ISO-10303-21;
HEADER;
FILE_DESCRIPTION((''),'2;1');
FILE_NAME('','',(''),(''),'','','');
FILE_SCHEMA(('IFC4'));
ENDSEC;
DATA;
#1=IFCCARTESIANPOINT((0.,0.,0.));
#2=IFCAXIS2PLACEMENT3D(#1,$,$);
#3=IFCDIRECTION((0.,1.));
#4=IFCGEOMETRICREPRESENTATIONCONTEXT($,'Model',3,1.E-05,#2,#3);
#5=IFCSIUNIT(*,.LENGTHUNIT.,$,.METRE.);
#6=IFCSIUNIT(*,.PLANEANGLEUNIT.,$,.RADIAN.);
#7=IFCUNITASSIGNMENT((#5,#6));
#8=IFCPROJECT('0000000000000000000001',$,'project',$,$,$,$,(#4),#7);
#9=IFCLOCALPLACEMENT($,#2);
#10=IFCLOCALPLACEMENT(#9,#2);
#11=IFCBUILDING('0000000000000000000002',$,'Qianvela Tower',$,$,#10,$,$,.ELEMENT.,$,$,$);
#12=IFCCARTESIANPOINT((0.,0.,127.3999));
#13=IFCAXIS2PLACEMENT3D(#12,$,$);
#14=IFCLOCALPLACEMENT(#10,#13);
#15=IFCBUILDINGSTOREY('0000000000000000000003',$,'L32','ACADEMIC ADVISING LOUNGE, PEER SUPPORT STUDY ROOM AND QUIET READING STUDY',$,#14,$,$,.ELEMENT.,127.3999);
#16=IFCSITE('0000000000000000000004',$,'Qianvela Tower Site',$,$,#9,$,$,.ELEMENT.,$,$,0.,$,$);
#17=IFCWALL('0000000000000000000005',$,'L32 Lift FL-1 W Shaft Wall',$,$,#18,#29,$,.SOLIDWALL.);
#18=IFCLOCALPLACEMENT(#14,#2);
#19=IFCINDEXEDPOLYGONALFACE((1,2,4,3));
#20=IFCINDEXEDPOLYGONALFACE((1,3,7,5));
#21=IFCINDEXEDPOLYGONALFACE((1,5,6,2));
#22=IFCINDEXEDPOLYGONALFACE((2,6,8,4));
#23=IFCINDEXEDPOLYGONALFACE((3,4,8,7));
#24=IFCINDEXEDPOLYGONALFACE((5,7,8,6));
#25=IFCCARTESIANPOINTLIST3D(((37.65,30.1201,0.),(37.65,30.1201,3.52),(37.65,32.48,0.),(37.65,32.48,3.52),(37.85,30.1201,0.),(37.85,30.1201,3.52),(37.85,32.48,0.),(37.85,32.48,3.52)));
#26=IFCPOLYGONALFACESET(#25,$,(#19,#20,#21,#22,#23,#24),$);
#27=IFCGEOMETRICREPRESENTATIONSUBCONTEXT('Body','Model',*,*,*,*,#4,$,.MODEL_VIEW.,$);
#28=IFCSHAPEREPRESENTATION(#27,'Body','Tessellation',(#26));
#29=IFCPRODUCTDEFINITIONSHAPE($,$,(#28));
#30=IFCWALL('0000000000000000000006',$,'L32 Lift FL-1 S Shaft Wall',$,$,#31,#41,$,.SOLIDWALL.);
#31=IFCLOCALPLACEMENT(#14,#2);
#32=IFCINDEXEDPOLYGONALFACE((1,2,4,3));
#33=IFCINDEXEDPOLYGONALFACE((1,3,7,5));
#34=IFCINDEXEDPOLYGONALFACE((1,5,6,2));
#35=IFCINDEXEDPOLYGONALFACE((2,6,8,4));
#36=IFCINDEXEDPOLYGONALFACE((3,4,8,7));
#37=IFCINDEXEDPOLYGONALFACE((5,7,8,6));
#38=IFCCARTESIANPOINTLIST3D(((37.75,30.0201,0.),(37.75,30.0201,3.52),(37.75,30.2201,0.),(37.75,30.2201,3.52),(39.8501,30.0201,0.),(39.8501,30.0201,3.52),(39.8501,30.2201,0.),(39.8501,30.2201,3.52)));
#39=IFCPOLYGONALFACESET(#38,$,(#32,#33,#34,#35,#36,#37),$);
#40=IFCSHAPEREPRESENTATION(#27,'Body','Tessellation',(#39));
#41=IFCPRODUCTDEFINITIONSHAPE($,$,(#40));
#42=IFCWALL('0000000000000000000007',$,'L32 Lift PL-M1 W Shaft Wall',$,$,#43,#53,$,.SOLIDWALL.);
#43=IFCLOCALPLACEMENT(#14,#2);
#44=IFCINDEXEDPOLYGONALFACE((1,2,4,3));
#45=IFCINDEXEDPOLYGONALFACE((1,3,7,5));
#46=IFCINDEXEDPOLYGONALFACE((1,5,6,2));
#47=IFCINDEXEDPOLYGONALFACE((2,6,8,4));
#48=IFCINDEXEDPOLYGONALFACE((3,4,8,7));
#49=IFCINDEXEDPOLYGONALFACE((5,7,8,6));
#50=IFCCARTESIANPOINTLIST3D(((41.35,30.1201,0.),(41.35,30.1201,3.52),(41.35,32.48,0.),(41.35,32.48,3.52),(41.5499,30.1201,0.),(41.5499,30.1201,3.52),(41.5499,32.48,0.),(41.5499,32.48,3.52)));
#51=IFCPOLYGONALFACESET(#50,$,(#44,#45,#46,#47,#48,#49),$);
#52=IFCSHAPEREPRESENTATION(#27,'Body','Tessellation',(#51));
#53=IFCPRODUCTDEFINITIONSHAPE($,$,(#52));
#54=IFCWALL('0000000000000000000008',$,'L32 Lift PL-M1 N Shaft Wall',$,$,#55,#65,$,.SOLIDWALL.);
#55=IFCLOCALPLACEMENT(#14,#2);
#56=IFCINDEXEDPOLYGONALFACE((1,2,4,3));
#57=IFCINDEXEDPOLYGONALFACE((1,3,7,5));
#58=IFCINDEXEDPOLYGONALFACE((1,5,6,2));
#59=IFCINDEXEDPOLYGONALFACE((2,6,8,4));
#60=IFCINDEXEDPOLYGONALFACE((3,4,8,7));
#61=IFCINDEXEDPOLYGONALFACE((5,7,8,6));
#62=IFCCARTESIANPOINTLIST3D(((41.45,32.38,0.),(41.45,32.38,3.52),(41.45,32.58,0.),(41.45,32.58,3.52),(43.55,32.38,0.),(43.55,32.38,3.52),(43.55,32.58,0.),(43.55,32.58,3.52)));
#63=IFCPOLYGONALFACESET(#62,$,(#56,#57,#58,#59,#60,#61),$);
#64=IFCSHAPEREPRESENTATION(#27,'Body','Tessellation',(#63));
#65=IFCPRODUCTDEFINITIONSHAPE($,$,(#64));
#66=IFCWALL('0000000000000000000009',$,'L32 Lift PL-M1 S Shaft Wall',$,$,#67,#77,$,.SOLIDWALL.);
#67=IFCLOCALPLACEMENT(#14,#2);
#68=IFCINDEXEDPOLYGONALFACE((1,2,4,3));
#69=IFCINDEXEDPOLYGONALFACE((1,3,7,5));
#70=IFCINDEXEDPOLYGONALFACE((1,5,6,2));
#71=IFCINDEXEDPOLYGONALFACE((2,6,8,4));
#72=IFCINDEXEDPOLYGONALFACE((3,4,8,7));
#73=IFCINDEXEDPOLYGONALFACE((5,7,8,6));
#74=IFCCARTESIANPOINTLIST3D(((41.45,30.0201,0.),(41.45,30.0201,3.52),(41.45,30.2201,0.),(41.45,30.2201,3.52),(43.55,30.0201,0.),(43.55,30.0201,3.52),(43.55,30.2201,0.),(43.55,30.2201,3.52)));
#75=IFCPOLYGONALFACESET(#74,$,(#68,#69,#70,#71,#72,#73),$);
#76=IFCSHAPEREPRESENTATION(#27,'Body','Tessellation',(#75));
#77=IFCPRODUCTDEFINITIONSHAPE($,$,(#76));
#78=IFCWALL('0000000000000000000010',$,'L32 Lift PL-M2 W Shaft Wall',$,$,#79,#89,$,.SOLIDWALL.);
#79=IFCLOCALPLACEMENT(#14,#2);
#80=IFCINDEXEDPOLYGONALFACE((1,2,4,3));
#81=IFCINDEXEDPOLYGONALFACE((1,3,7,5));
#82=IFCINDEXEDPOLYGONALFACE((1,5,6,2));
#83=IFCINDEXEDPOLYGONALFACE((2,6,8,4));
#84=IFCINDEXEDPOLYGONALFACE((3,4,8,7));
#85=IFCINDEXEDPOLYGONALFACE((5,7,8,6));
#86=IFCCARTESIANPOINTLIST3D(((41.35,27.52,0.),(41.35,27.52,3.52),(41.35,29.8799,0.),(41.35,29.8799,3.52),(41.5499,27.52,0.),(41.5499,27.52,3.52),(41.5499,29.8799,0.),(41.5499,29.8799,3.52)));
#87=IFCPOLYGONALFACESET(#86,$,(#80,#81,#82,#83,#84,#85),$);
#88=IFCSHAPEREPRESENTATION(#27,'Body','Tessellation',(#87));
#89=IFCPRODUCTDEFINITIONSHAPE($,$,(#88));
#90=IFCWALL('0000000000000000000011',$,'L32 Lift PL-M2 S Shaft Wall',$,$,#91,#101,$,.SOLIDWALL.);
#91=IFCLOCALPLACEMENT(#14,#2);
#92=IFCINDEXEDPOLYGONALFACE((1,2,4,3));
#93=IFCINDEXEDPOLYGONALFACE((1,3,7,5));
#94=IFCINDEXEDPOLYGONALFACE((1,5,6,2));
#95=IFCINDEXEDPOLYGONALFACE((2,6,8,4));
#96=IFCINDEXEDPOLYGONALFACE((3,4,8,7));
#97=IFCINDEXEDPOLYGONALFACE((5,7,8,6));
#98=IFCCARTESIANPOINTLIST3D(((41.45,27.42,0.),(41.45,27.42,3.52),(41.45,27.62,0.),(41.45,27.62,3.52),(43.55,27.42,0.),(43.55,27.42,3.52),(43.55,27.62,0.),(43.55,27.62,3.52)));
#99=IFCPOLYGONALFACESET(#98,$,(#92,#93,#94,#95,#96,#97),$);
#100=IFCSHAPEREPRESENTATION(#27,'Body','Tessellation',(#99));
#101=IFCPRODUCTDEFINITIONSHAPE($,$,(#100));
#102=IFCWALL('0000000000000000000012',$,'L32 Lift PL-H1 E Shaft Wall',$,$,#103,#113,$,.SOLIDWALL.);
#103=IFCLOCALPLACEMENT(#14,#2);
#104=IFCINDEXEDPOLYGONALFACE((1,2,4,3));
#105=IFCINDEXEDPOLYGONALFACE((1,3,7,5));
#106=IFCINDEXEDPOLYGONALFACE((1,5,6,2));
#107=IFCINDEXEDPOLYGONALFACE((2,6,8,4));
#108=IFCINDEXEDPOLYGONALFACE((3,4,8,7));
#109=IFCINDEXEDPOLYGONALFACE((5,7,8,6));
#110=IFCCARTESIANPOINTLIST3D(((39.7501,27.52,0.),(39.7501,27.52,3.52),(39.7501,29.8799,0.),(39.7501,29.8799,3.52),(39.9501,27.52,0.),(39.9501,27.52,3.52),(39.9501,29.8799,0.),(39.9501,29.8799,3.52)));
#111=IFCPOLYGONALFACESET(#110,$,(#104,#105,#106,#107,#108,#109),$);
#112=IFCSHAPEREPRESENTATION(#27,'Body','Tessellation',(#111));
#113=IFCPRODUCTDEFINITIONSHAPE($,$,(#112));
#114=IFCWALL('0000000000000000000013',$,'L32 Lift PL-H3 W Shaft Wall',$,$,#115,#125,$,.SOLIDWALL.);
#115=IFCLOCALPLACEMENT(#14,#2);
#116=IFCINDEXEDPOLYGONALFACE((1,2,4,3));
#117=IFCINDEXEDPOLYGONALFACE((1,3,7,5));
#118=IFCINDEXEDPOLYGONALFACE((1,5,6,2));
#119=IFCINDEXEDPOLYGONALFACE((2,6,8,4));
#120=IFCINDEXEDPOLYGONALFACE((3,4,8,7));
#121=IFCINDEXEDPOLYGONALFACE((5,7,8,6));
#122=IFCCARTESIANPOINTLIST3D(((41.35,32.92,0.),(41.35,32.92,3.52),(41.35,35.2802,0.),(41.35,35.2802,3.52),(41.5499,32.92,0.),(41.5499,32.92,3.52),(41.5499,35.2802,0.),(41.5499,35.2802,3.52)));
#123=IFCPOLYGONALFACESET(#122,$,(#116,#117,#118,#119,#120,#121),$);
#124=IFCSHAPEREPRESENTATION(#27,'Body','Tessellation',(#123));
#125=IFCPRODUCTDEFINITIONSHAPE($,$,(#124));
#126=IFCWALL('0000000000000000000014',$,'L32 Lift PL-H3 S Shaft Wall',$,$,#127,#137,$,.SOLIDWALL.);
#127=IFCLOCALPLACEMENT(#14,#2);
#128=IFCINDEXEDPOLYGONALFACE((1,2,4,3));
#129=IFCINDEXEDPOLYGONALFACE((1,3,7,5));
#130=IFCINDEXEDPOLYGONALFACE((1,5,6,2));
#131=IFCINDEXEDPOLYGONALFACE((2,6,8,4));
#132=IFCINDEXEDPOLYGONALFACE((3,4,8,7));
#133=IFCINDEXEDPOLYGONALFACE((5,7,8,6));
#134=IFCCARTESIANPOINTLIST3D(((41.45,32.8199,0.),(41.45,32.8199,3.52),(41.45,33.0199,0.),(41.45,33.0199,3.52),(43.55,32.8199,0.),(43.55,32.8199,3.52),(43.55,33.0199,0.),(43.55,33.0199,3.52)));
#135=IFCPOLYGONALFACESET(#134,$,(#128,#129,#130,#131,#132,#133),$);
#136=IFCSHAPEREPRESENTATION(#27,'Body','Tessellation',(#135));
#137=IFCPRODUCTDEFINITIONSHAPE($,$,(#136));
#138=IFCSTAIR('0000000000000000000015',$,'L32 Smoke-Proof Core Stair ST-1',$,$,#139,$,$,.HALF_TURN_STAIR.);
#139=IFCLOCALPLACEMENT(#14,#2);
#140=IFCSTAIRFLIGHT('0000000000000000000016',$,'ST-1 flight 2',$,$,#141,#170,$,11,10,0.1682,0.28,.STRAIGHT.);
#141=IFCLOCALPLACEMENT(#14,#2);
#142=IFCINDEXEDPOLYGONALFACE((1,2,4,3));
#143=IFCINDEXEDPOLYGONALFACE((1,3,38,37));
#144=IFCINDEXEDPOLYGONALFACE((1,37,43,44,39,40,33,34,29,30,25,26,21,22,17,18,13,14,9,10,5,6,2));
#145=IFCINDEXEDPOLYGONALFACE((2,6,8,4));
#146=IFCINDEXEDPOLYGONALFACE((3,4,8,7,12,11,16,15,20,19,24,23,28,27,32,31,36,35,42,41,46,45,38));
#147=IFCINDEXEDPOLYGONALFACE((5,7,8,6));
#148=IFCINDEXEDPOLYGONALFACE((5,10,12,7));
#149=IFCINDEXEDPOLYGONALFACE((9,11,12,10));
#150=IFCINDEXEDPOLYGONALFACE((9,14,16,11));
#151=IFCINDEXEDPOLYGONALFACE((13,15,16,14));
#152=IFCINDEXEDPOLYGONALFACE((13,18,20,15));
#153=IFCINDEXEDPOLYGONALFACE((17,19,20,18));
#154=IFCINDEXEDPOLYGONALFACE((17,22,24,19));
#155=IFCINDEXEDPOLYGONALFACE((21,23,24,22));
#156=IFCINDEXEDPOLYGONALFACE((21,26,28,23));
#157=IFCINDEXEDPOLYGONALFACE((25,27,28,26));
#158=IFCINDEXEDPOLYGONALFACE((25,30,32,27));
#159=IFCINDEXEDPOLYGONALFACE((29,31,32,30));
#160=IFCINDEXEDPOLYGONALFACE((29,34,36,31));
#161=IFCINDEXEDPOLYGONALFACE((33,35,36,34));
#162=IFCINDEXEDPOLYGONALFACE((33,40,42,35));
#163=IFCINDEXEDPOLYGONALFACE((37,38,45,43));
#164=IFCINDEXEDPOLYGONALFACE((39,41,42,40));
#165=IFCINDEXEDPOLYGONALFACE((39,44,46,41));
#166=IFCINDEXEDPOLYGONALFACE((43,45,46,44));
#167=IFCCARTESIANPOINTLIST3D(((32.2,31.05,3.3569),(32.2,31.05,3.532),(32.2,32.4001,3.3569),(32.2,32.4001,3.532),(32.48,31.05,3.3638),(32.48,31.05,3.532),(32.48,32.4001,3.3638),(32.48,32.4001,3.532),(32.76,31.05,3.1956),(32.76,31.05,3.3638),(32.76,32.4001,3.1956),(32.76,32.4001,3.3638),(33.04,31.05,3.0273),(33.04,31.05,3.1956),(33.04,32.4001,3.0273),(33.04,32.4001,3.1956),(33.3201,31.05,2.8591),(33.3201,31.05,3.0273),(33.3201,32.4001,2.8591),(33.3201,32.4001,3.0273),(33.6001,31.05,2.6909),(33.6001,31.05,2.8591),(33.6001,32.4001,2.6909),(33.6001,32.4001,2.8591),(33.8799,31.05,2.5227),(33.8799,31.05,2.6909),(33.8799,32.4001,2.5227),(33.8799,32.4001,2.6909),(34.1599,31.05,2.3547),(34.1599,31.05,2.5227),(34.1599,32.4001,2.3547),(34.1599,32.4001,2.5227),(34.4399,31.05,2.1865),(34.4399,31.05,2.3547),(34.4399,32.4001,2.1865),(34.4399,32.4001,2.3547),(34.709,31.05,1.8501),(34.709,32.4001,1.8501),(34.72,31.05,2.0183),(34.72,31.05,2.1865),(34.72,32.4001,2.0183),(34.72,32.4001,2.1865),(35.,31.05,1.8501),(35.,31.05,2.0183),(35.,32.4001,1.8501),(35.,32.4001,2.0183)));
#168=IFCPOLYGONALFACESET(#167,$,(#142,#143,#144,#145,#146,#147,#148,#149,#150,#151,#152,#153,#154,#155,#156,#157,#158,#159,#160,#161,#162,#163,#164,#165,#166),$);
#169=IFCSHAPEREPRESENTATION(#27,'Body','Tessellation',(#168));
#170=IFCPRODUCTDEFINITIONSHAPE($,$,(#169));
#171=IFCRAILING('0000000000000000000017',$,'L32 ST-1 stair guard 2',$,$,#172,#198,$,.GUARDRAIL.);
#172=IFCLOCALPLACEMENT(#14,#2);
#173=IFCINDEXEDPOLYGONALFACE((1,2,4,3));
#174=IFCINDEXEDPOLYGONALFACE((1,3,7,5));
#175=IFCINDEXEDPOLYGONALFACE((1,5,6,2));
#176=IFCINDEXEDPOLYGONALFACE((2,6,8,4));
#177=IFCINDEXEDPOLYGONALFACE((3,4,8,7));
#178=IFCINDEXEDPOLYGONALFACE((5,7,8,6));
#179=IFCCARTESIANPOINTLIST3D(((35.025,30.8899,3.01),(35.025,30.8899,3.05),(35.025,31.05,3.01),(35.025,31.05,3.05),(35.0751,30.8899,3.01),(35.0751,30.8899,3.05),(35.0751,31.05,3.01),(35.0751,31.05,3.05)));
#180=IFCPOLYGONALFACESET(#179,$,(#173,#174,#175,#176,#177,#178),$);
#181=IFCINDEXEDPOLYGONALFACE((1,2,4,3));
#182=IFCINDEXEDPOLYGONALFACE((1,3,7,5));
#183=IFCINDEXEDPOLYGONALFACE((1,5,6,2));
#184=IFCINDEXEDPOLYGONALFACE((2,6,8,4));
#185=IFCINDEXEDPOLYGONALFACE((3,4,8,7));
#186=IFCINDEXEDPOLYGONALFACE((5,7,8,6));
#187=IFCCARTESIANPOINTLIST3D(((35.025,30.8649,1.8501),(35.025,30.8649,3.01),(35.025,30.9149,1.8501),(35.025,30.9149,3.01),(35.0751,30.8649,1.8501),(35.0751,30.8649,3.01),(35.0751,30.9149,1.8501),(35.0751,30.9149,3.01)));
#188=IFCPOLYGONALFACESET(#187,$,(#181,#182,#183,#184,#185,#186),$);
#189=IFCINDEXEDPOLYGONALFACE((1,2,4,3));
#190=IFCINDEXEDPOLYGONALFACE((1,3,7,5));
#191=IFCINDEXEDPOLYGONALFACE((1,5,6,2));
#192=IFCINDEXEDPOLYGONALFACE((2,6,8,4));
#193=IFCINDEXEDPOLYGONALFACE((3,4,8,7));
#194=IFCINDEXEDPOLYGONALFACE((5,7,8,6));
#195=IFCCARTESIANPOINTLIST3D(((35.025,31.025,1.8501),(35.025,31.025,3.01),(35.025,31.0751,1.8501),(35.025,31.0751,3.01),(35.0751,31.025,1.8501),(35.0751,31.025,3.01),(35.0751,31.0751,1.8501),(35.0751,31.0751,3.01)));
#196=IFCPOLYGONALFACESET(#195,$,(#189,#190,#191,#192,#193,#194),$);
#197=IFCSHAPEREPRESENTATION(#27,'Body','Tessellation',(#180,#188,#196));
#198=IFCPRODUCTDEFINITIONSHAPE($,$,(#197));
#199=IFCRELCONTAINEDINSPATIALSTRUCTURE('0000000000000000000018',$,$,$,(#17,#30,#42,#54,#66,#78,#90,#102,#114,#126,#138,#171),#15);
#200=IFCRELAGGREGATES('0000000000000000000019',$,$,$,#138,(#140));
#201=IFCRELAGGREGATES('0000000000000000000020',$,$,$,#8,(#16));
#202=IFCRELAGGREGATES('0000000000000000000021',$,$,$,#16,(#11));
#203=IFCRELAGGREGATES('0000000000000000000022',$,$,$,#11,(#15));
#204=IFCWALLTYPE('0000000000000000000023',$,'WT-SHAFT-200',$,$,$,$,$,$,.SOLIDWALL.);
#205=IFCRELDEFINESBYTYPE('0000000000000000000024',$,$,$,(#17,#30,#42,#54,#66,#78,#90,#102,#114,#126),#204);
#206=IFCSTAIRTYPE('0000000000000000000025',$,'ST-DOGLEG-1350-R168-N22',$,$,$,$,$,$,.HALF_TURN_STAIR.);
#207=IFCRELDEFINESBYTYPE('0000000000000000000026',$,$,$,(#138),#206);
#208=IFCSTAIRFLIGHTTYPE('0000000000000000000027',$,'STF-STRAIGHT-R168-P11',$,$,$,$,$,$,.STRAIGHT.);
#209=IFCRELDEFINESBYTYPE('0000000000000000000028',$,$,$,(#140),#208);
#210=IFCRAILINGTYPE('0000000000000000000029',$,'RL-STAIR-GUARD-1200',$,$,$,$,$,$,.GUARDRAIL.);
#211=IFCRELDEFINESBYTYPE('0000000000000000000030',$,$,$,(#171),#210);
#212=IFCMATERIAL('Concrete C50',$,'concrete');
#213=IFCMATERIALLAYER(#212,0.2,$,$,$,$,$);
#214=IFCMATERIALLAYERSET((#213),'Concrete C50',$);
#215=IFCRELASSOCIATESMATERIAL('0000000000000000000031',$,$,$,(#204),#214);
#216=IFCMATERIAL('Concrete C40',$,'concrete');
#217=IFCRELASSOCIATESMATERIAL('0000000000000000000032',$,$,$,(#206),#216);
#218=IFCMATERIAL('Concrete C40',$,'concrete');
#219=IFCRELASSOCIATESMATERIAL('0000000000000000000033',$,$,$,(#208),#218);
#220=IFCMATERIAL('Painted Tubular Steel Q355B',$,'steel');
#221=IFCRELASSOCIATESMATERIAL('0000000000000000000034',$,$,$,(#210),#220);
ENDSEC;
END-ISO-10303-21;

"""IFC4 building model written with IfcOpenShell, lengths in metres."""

from ifc_helpers import new_model, si_unit, direction, frame, frame_2d, origin, origin_2d, place, context, subcontext, project, spatial, polyline, rectangle, outline, extrude, material, layer, layer_set, type_object, element, aggregate, save


model = new_model("IFC4")

# Units and contexts
model_context = context("Model", 3, precision=1e-05, world=origin(), true_north=direction((0.0, 1.0)))
body_context = subcontext(model_context, "Body", "Model", "MODEL_VIEW")
ifc_project = project(units=[si_unit("LENGTHUNIT", "METRE"), si_unit("PLANEANGLEUNIT", "RADIAN")], contexts=[model_context])

# Site, building, storey
site_placement = place(None, origin())
site = spatial("IfcSite", under=ifc_project, at=site_placement, Name="Qianvela Tower Site", CompositionType="ELEMENT", RefElevation=0.0)
building_placement = place(site_placement, origin())
building = spatial("IfcBuilding", under=site, at=building_placement, Name="Qianvela Tower", CompositionType="ELEMENT")
storey_placement = place(building_placement, frame((0.0, 0.0, 127.3999)))
storey = spatial("IfcBuildingStorey", under=building, at=storey_placement, Name="L32", Description="ACADEMIC ADVISING LOUNGE, PEER SUPPORT STUDY ROOM AND QUIET READING STUDY", CompositionType="ELEMENT", Elevation=127.3999)

# Shared definitions
ifc_material_1 = material(Name="Concrete C50", Category="concrete")
ifc_layer_1 = layer(ifc_material_1, 0.2)
ifc_layer_set_1 = layer_set([ifc_layer_1], Name="Concrete C50")
wall_type_1 = type_object("IfcWallType", Name="WT-SHAFT-200", PredefinedType="SOLIDWALL", material=ifc_layer_set_1)

# Walls
wall_1_placement = place(storey_placement, frame((37.75, 30.1201, 0.0), z_axis=(0.0, 0.0, 1.0), x_axis=(0.0, 1.0, 0.0)))
element("IfcWall", 1, at=wall_1_placement, inside=storey, type_object=wall_type_1, Name="L32 Lift FL-1 W Shaft Wall", PredefinedType="SOLIDWALL", context=body_context, shape_type="SweptSolid", body=[
    extrude(rectangle(XDim=2.3599, YDim=0.2, at=frame_2d((1.1799, 0.0))), origin(), (0.0, 0.0, 1.0), 3.52),
])
wall_2_placement = place(storey_placement, frame((37.75, 30.1201, 0.0), z_axis=(0.0, 0.0, 1.0), x_axis=(1.0, 0.0, 0.0)))
element("IfcWall", 2, at=wall_2_placement, inside=storey, type_object=wall_type_1, Name="L32 Lift FL-1 S Shaft Wall", PredefinedType="SOLIDWALL", context=body_context, shape_type="SweptSolid", body=[
    extrude(rectangle(XDim=2.1001, YDim=0.2, at=frame_2d((1.05, 0.0))), origin(), (0.0, 0.0, 1.0), 3.52),
])
wall_3_placement = place(storey_placement, frame((41.45, 30.1201, 0.0), z_axis=(0.0, 0.0, 1.0), x_axis=(0.0, 1.0, 0.0)))
element("IfcWall", 3, at=wall_3_placement, inside=storey, type_object=wall_type_1, Name="L32 Lift PL-M1 W Shaft Wall", PredefinedType="SOLIDWALL", context=body_context, shape_type="SweptSolid", body=[
    extrude(rectangle(XDim=2.3599, YDim=0.2, at=frame_2d((1.1799, 0.0))), origin(), (0.0, 0.0, 1.0), 3.52),
])
for number, where, z_axis, x_axis, name in (
    (4, (41.45, 32.48, 0.0), (0.0, 0.0, 1.0), (1.0, 0.0, 0.0), "L32 Lift PL-M1 N Shaft Wall"),
    (5, (41.45, 30.1201, 0.0), (0.0, 0.0, 1.0), (1.0, 0.0, 0.0), "L32 Lift PL-M1 S Shaft Wall"),
):
    element("IfcWall", number, at=place(storey_placement, frame(where, z_axis=z_axis, x_axis=x_axis)), inside=storey, type_object=wall_type_1, Name=name, PredefinedType="SOLIDWALL", context=body_context, shape_type="SweptSolid", body=[
        extrude(rectangle(XDim=2.1001, YDim=0.2, at=frame_2d((1.05, 0.0))), origin(), (0.0, 0.0, 1.0), 3.52),
    ])
wall_4_placement = place(storey_placement, frame((41.45, 27.52, 0.0), z_axis=(0.0, 0.0, 1.0), x_axis=(0.0, 1.0, 0.0)))
element("IfcWall", 6, at=wall_4_placement, inside=storey, type_object=wall_type_1, Name="L32 Lift PL-M2 W Shaft Wall", PredefinedType="SOLIDWALL", context=body_context, shape_type="SweptSolid", body=[
    extrude(rectangle(XDim=2.3599, YDim=0.2, at=frame_2d((1.1799, 0.0))), origin(), (0.0, 0.0, 1.0), 3.52),
])
wall_5_placement = place(storey_placement, frame((41.45, 27.52, 0.0), z_axis=(0.0, 0.0, 1.0), x_axis=(1.0, 0.0, 0.0)))
element("IfcWall", 7, at=wall_5_placement, inside=storey, type_object=wall_type_1, Name="L32 Lift PL-M2 S Shaft Wall", PredefinedType="SOLIDWALL", context=body_context, shape_type="SweptSolid", body=[
    extrude(rectangle(XDim=2.1001, YDim=0.2, at=frame_2d((1.05, 0.0))), origin(), (0.0, 0.0, 1.0), 3.52),
])
wall_6_placement = place(storey_placement, frame((39.8501, 27.52, 0.0), z_axis=(0.0, 0.0, 1.0), x_axis=(0.0, 1.0, 0.0)))
element("IfcWall", 8, at=wall_6_placement, inside=storey, type_object=wall_type_1, Name="L32 Lift PL-H1 E Shaft Wall", PredefinedType="SOLIDWALL", context=body_context, shape_type="SweptSolid", body=[
    extrude(rectangle(XDim=2.3599, YDim=0.2, at=frame_2d((1.1799, 0.0))), origin(), (0.0, 0.0, 1.0), 3.52),
])
wall_7_placement = place(storey_placement, frame((41.45, 32.9199, 0.0), z_axis=(0.0, 0.0, 1.0), x_axis=(0.0, 1.0, 0.0)))
element("IfcWall", 9, at=wall_7_placement, inside=storey, type_object=wall_type_1, Name="L32 Lift PL-H3 W Shaft Wall", PredefinedType="SOLIDWALL", context=body_context, shape_type="SweptSolid", body=[
    extrude(rectangle(XDim=2.3601, YDim=0.2, at=frame_2d((1.1802, 0.0))), origin(), (0.0, 0.0, 1.0), 3.52),
])
wall_8_placement = place(storey_placement, frame((41.45, 32.9199, 0.0), z_axis=(0.0, 0.0, 1.0), x_axis=(1.0, 0.0, 0.0)))
element("IfcWall", 10, at=wall_8_placement, inside=storey, type_object=wall_type_1, Name="L32 Lift PL-H3 S Shaft Wall", PredefinedType="SOLIDWALL", context=body_context, shape_type="SweptSolid", body=[
    extrude(rectangle(XDim=2.1001, YDim=0.2, at=frame_2d((1.05, 0.0))), origin(), (0.0, 0.0, 1.0), 3.52),
])

# Stair, stair flight
ifc_material_2 = material(Name="Concrete C40", Category="concrete")
stair_type = type_object("IfcStairType", Name="ST-DOGLEG-1350-R168-N22", PredefinedType="HALF_TURN_STAIR", material=ifc_material_2)
stair_placement = place(storey_placement, origin())
stair = element("IfcStair", 11, at=stair_placement, inside=storey, type_object=stair_type, Name="L32 Smoke-Proof Core Stair ST-1", PredefinedType="HALF_TURN_STAIR")
ifc_material_3 = material(Name="Concrete C40", Category="concrete")
stair_flight_type = type_object("IfcStairFlightType", Name="STF-STRAIGHT-R168-P11", PredefinedType="STRAIGHT", material=ifc_material_3)
stair_flight_placement = place(storey_placement, frame((35.0, 31.7251, 1.8501), z_axis=(0.0, 0.0, 1.0), x_axis=(-1.0, 0.0, 0.0)))
stair_flight = element("IfcStairFlight", 12, at=stair_flight_placement, type_object=stair_flight_type, Name="ST-1 flight 2", NumberOfRisers=11, NumberOfTreads=10, PredefinedType="STRAIGHT", RiserHeight=0.1682, TreadLength=0.28, context=body_context, shape_type="SweptSolid", body=[
    extrude(outline(polyline([(0.0, 0.0), (0.0, 0.1682), (0.28, 0.1682), (0.28, 0.3364), (0.5601, 0.3364), (0.5601, 0.5046), (0.8401, 0.5046), (0.8401, 0.6726), (1.1201, 0.6726), (1.1201, 0.8408), (1.3999, 0.8408), (1.3999, 1.009), (1.6799, 1.009), (1.6799, 1.1772), (1.96, 1.1772), (1.96, 1.3455), (2.24, 1.3455), (2.24, 1.5137), (2.52, 1.5137), (2.52, 1.6819), (2.8, 1.6819), (2.8, 1.8501), (2.8, 1.5068), (0.291, 0.0), (0.0, 0.0)])), frame((0.0, 0.675, 0.0), z_axis=(0.0, -1.0, 0.0), x_axis=(1.0, 0.0, 0.0)), (0.0, 0.0, 1.0), 1.3501),
])
aggregate(stair, [stair_flight])

# Railing
ifc_material_4 = material(Name="Painted Tubular Steel Q355B", Category="steel")
railing_type_1 = type_object("IfcRailingType", Name="RL-STAIR-GUARD-1200", PredefinedType="GUARDRAIL", material=ifc_material_4)
railing_1_placement = place(storey_placement, frame((35.05, 30.8899, 1.8501)))
element("IfcRailing", 13, at=railing_1_placement, inside=storey, type_object=railing_type_1, Name="L32 ST-1 stair guard 2", PredefinedType="GUARDRAIL", context=body_context, shape_type="SweptSolid", body=[
    extrude(rectangle(XDim=0.05, YDim=0.04, at=origin_2d()), frame((0.0, 0.0, 1.1799), z_axis=(0.0, 1.0, 0.0), x_axis=(-1.0, 0.0, 0.0)), (0.0, 0.0, 1.0), 0.1602),
    extrude(rectangle(XDim=0.05, YDim=0.05, at=origin_2d()), origin(), (0.0, 0.0, 1.0), 1.1599),
    extrude(rectangle(XDim=0.05, YDim=0.05, at=origin_2d()), frame((0.0, 0.1602, 0.0)), (0.0, 0.0, 1.0), 1.1599),
])

save(model, "model.ifc")
